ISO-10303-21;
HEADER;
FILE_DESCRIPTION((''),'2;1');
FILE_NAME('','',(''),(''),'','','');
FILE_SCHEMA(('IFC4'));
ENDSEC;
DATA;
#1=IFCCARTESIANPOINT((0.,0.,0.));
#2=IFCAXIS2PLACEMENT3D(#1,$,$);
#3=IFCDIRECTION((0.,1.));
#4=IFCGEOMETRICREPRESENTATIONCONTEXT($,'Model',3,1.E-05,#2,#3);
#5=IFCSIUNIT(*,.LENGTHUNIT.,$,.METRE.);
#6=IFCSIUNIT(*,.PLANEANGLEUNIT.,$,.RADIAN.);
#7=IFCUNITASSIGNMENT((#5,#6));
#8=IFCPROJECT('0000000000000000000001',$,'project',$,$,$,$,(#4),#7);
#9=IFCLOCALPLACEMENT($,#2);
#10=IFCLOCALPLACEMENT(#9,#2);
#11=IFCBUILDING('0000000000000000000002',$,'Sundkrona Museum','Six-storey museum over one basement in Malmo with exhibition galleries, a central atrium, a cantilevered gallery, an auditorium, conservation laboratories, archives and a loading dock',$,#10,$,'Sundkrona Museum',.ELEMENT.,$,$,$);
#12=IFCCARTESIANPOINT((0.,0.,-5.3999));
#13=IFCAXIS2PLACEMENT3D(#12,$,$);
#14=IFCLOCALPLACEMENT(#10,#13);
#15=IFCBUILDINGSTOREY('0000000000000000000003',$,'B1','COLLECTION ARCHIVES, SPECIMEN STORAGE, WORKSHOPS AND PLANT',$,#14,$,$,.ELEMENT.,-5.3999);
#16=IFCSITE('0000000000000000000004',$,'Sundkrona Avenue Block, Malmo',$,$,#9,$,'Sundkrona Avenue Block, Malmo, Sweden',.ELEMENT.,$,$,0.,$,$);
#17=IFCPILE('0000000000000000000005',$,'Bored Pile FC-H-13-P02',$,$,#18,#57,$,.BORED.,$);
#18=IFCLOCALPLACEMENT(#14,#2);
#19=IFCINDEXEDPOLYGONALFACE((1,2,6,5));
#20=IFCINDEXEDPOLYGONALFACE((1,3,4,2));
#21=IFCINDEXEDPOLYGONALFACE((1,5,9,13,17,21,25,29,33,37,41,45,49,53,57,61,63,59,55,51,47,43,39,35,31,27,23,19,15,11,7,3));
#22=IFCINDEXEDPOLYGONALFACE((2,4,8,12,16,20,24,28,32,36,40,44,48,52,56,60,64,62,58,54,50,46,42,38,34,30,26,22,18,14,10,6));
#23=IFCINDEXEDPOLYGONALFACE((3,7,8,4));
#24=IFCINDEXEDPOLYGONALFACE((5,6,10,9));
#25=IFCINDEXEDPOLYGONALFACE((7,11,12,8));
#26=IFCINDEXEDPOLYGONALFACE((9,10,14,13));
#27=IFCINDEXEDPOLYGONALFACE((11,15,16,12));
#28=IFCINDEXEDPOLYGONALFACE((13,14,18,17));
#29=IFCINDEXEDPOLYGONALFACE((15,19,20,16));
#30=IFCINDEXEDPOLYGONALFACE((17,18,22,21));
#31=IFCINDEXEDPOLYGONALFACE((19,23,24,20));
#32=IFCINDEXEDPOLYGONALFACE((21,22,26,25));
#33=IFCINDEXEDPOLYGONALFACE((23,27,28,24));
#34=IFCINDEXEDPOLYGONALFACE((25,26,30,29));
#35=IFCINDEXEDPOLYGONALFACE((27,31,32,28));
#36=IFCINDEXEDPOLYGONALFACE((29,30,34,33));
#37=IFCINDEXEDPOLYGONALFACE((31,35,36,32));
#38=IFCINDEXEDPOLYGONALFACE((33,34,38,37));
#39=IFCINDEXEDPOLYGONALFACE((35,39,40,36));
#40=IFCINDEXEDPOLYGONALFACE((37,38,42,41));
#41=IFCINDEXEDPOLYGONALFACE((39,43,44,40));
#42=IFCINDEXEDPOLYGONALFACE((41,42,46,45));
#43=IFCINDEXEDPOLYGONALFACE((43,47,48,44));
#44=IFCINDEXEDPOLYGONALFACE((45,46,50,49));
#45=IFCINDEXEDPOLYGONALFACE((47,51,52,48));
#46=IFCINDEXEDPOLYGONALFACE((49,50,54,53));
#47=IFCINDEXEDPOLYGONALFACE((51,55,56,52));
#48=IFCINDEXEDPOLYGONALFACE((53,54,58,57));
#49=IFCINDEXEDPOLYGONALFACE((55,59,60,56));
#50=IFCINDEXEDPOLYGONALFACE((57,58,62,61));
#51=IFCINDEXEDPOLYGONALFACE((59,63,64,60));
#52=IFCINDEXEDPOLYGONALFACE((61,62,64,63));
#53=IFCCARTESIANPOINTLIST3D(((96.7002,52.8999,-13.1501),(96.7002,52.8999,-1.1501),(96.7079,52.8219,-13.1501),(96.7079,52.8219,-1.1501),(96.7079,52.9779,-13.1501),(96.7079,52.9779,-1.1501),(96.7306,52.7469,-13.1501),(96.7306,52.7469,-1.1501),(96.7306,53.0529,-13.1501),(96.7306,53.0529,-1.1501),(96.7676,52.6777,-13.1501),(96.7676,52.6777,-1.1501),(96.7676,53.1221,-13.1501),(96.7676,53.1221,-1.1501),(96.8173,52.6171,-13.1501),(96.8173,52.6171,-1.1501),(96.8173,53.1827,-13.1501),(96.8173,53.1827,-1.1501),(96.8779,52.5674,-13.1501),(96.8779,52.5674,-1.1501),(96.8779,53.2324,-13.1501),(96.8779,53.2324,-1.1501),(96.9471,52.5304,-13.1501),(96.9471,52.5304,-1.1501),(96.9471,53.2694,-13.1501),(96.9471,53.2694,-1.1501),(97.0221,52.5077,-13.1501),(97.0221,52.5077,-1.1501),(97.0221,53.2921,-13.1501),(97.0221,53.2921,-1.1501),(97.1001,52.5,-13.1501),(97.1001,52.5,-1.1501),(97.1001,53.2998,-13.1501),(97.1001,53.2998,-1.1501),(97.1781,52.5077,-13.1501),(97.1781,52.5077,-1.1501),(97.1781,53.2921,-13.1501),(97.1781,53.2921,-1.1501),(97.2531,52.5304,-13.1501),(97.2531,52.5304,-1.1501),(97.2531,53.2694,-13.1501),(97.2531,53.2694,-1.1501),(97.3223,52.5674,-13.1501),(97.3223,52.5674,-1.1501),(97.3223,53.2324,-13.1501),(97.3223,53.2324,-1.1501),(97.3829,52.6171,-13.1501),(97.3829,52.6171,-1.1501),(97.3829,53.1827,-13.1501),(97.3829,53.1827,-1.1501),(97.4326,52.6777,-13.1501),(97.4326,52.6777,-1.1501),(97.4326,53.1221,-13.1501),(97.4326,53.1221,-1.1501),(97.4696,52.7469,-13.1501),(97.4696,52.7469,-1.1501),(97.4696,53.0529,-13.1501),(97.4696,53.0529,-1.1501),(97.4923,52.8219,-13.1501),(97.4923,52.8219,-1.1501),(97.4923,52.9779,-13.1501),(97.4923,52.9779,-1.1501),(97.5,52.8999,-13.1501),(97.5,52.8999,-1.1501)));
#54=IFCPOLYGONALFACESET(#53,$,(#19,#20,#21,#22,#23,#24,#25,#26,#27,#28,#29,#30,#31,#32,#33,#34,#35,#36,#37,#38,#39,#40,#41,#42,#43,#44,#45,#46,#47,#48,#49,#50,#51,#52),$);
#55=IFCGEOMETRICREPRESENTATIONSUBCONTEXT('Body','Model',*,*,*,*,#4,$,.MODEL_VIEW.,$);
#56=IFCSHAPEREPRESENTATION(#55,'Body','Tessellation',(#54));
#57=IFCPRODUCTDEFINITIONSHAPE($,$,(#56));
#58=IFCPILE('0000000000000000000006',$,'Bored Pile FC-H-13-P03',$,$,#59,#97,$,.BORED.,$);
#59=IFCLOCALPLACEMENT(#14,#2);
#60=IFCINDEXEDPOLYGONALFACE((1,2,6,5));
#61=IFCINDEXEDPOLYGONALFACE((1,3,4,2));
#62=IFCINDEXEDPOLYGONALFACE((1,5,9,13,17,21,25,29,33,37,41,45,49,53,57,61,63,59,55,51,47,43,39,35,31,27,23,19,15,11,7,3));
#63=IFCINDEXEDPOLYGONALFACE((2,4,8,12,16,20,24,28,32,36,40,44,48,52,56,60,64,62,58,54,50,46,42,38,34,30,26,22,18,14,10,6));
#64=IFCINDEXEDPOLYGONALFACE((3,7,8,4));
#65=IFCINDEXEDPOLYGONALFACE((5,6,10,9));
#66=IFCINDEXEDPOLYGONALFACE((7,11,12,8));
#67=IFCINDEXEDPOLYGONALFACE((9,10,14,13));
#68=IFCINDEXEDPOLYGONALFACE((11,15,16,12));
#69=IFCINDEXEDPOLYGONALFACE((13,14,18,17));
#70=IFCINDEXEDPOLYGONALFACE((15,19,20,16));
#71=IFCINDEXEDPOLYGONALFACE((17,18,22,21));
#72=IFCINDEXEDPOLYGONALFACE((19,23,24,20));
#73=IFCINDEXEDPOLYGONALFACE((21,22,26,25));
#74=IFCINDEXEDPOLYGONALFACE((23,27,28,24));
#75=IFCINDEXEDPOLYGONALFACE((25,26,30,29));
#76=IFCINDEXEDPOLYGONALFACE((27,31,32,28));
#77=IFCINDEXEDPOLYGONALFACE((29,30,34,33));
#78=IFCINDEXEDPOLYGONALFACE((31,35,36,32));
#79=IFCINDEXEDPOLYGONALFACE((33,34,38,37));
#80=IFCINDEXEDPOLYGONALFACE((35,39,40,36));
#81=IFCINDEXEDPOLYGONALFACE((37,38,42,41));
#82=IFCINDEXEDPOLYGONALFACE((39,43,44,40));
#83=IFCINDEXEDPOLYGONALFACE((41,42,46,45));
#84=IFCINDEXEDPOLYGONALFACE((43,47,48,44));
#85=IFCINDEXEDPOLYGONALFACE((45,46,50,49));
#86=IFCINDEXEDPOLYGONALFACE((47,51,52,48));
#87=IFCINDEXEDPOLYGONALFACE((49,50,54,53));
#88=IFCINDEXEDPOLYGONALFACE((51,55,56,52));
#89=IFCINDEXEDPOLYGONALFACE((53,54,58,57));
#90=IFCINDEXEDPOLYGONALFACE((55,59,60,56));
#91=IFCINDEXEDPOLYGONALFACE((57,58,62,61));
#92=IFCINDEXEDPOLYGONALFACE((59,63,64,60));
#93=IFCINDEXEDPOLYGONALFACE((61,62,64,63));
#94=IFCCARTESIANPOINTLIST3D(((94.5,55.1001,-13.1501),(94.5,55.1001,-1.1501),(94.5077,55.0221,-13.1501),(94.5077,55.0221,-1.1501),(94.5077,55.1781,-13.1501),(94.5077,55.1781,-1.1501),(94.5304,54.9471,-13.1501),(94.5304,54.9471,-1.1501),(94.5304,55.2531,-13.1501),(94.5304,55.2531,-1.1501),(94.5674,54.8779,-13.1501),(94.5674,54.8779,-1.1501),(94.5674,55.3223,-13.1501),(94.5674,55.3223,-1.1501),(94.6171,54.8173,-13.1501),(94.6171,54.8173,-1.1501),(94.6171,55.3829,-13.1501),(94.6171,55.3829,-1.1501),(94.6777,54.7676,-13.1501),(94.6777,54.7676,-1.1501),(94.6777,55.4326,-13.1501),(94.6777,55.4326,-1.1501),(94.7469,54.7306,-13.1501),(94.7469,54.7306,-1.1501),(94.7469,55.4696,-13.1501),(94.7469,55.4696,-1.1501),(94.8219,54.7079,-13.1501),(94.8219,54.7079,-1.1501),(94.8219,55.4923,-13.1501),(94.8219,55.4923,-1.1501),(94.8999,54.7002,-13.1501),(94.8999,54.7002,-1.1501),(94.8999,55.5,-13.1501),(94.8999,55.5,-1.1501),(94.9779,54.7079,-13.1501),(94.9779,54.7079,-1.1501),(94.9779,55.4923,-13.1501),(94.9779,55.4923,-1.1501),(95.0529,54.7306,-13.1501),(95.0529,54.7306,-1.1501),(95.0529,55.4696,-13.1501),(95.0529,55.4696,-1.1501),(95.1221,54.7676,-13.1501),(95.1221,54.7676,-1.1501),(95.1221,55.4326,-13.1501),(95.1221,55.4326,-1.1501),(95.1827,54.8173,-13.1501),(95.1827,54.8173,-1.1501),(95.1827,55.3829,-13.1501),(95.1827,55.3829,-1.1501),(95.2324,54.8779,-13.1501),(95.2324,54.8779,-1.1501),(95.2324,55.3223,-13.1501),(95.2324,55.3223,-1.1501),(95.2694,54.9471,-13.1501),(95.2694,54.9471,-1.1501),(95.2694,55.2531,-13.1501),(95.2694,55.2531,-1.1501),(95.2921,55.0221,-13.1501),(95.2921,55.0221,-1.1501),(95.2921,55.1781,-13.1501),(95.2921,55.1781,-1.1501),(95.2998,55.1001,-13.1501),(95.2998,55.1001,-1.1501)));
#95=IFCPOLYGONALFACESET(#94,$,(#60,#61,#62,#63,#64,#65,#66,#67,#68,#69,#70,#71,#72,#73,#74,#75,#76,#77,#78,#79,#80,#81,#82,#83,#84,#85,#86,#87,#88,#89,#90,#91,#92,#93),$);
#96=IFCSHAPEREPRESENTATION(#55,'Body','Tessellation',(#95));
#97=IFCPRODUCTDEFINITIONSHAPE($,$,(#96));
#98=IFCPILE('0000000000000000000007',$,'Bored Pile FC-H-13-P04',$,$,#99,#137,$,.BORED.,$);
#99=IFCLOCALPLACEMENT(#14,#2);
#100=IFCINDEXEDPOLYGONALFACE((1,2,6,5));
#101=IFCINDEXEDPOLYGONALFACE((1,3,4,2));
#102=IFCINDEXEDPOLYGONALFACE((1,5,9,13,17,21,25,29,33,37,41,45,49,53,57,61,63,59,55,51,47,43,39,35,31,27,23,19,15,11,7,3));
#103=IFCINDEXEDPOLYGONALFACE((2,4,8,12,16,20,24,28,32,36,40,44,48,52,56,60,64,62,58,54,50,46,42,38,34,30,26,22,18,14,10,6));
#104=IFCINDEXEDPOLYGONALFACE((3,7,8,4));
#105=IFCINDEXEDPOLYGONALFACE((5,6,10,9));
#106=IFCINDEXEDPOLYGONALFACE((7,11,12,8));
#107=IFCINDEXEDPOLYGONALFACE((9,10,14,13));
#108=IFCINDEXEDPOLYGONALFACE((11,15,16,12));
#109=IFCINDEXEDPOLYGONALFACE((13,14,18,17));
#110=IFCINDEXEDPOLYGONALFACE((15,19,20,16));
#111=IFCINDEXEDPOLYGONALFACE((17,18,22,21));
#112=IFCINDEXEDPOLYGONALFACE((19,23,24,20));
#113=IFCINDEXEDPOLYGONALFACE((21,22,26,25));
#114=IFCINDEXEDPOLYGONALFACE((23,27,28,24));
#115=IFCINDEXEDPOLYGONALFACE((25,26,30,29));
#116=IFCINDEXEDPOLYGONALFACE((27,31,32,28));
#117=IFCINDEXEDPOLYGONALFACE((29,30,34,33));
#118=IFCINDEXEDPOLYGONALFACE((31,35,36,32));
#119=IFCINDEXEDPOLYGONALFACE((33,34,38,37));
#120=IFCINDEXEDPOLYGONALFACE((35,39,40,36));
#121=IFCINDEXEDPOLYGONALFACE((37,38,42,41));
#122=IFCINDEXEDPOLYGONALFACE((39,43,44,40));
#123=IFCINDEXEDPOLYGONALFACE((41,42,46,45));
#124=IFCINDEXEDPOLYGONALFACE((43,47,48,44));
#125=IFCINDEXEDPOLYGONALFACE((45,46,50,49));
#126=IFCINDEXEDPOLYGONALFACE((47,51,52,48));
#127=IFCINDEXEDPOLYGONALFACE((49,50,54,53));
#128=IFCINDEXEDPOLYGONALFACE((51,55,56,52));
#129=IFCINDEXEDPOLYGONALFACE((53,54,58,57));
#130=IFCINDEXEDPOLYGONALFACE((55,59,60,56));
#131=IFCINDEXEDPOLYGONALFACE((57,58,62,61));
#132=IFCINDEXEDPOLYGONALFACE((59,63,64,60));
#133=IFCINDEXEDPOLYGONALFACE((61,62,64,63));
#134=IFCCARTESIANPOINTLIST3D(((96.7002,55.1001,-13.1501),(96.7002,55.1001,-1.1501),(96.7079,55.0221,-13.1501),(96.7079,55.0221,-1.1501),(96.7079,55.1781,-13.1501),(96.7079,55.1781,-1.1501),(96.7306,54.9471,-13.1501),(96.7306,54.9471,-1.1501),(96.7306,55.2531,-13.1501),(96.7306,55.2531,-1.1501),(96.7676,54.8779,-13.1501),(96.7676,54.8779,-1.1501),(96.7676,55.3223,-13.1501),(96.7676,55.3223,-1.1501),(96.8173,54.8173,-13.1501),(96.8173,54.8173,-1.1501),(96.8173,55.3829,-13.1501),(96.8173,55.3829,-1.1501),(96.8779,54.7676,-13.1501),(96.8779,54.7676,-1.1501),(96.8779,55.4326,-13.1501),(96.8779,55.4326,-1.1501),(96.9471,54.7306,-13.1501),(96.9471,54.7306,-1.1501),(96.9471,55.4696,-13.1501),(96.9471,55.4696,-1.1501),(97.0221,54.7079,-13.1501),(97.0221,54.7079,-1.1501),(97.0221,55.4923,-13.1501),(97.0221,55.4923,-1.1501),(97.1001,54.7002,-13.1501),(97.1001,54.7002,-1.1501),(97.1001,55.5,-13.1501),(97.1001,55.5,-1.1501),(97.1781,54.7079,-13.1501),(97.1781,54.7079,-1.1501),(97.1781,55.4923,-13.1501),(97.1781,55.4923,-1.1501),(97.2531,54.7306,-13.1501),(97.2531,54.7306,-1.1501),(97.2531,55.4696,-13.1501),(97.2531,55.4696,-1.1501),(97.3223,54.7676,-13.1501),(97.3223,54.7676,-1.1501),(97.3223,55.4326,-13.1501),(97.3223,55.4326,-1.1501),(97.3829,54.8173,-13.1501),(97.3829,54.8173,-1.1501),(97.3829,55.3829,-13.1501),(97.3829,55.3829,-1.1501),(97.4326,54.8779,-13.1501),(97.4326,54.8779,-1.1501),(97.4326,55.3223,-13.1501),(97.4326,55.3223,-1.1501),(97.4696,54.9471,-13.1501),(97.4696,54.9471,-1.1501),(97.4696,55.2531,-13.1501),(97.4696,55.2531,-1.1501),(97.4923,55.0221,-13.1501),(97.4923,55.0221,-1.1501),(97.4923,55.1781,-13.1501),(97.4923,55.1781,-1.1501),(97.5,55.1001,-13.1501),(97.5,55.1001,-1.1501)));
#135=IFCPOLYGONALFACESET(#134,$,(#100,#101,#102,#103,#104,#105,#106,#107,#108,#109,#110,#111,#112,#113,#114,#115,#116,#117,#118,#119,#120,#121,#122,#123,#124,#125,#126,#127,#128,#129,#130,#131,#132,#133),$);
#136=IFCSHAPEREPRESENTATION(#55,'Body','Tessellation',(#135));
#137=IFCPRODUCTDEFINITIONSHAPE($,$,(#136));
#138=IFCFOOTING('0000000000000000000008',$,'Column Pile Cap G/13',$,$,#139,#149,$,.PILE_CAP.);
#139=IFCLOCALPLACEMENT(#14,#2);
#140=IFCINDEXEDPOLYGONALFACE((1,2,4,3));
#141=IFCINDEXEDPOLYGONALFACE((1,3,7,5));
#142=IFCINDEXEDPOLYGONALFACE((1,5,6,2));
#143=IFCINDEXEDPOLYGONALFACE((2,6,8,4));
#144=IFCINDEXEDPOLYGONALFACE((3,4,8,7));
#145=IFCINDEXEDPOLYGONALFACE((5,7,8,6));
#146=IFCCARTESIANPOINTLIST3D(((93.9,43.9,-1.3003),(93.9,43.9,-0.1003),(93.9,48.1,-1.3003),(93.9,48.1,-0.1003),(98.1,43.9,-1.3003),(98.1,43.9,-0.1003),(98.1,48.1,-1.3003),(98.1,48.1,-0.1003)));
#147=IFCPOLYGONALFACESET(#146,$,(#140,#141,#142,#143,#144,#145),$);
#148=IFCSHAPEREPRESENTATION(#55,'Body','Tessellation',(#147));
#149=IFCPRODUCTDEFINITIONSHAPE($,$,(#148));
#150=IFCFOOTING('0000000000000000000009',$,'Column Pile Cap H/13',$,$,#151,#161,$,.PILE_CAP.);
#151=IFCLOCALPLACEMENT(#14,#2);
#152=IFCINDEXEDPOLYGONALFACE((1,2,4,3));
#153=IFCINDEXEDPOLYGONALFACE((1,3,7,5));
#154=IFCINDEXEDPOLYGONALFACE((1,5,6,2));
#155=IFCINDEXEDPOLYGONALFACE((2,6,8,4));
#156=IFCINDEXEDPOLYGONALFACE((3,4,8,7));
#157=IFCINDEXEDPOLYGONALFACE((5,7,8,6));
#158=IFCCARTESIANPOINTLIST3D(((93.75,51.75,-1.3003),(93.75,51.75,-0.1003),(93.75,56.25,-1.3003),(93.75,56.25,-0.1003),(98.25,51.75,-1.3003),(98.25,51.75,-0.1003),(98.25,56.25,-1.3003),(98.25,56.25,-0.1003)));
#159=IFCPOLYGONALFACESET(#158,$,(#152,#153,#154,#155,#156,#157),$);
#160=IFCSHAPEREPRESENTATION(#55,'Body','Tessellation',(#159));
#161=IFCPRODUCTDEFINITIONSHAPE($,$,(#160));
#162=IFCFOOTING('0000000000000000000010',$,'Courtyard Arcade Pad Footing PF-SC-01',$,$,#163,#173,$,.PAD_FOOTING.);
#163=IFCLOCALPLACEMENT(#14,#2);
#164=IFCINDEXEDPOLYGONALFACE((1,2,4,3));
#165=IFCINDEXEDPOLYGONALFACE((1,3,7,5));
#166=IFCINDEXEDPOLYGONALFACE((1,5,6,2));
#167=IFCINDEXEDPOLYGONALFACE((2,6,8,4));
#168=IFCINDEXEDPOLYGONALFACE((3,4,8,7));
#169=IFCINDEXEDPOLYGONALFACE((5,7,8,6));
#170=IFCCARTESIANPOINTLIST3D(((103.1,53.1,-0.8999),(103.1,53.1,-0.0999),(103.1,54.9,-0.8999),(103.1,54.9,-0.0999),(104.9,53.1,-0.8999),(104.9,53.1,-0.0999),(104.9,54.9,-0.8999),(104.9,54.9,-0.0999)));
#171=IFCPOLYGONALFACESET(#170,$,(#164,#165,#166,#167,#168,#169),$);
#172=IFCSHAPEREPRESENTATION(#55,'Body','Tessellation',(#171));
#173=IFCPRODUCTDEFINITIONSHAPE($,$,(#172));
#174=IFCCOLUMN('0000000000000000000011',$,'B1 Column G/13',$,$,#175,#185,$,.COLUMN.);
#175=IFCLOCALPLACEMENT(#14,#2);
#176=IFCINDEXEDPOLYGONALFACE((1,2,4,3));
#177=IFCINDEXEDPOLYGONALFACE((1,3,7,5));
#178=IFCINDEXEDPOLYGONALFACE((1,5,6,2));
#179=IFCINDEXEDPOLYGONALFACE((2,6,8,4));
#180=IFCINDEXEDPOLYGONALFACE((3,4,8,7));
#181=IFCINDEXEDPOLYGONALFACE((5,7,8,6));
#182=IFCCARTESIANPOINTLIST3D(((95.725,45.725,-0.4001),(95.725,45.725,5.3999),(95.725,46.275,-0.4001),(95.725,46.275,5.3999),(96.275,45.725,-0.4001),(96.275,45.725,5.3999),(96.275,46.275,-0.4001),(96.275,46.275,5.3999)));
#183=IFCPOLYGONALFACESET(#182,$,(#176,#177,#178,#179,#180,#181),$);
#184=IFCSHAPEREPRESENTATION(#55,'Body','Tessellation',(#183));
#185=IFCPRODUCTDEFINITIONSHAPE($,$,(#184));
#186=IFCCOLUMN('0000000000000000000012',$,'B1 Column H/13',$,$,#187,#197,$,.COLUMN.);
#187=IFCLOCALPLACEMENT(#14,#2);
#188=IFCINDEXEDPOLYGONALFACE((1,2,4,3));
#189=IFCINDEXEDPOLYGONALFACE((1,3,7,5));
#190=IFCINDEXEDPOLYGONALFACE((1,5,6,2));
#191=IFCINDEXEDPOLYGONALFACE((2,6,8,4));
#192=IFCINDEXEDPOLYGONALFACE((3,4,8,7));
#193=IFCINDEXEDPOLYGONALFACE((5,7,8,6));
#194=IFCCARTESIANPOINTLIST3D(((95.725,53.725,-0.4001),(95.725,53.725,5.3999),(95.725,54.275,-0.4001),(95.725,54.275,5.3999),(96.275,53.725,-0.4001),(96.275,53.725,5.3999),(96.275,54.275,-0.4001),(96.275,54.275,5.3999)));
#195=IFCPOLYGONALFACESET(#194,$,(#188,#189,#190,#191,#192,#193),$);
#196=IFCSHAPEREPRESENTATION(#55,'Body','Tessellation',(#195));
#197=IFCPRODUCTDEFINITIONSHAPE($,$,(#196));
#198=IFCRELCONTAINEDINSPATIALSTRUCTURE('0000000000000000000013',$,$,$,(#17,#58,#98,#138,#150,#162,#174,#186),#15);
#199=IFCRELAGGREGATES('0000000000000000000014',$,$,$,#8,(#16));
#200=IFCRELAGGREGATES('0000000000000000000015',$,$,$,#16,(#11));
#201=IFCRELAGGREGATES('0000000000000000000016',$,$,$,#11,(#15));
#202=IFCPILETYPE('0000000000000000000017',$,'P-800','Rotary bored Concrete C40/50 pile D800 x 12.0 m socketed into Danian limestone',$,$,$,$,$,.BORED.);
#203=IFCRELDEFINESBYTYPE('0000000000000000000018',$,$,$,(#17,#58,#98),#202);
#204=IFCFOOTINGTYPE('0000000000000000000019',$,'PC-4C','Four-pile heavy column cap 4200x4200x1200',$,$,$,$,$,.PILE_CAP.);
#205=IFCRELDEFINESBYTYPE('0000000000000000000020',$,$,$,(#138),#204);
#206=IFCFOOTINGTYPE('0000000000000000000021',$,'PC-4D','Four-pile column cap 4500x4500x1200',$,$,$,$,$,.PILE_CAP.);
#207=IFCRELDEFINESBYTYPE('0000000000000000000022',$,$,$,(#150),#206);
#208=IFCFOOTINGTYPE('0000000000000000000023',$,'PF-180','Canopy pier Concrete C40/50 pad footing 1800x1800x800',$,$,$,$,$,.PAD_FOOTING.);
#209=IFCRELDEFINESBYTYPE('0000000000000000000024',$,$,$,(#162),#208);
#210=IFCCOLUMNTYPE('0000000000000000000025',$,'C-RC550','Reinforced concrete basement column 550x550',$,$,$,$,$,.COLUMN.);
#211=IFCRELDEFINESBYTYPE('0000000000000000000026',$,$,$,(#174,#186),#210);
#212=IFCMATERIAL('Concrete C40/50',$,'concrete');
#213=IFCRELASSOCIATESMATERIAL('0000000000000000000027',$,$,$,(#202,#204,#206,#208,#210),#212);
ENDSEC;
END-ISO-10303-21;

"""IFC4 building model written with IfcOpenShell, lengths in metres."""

from ifc_helpers import new_model, si_unit, direction, frame, origin, origin_2d, place, context, subcontext, project, spatial, rectangle, circle, extrude, material, material_profile, profile_set, type_object, element, save


model = new_model("IFC4")

# Units and contexts
model_context = context("Model", 3, precision=1e-05, world=origin(), true_north=direction((0.0, 1.0)))
body_context = subcontext(model_context, "Body", "Model", "MODEL_VIEW")
ifc_project = project(units=[si_unit("LENGTHUNIT", "METRE"), si_unit("PLANEANGLEUNIT", "RADIAN")], contexts=[model_context])

# Site, building, storey
site_placement = place(None, origin())
site = spatial("IfcSite", under=ifc_project, at=site_placement, Name="Sundkrona Avenue Block, Malmo", LongName="Sundkrona Avenue Block, Malmo, Sweden", CompositionType="ELEMENT", RefElevation=0.0)
building_placement = place(site_placement, origin())
building = spatial("IfcBuilding", under=site, at=building_placement, Name="Sundkrona Museum", Description="Six-storey museum over one basement in Malmo with exhibition galleries, a central atrium, a cantilevered gallery, an auditorium, conservation laboratories, archives and a loading dock", LongName="Sundkrona Museum", CompositionType="ELEMENT")
storey_placement = place(building_placement, frame((0.0, 0.0, -5.3999)))
storey = spatial("IfcBuildingStorey", under=building, at=storey_placement, Name="B1", Description="COLLECTION ARCHIVES, SPECIMEN STORAGE, WORKSHOPS AND PLANT", CompositionType="ELEMENT", Elevation=-5.3999)

# Shared definitions
ifc_material_1 = material(Name="Concrete C40/50", Category="concrete")

# Piles
ifc_material_profile_1 = material_profile(ifc_material_1, circle(Radius=0.3999, at=origin_2d()), Name="PILE D800")
ifc_profile_set_1 = profile_set([ifc_material_profile_1], Name="Concrete C40/50")
pile_type = type_object("IfcPileType", Name="P-800", Description="Rotary bored Concrete C40/50 pile D800 x 12.0 m socketed into Danian limestone", PredefinedType="BORED", material=ifc_profile_set_1)
for number, where, z_axis, x_axis, name in (
    (1, (97.1001, 52.8999, -1.1501), (0.0, 0.0, -1.0), (1.0, 0.0, 0.0), "Bored Pile FC-H-13-P02"),
    (2, (94.8999, 55.1001, -1.1501), (0.0, 0.0, -1.0), (1.0, 0.0, 0.0), "Bored Pile FC-H-13-P03"),
    (3, (97.1001, 55.1001, -1.1501), (0.0, 0.0, -1.0), (1.0, 0.0, 0.0), "Bored Pile FC-H-13-P04"),
):
    element("IfcPile", number, at=place(storey_placement, frame(where, z_axis=z_axis, x_axis=x_axis)), inside=storey, type_object=pile_type, Name=name, PredefinedType="BORED", context=body_context, shape_type="SweptSolid", body=[
        extrude(circle(Radius=0.3999, at=origin_2d()), origin(), (0.0, 0.0, 1.0), 12.0),
    ])

# Footings
footing_type_1 = type_object("IfcFootingType", Name="PC-4C", Description="Four-pile heavy column cap 4200x4200x1200", PredefinedType="PILE_CAP", material=ifc_material_1)
footing_1_placement = place(storey_placement, frame((96.0, 46.0, -1.3003), z_axis=(0.0, 0.0, 1.0), x_axis=(1.0, 0.0, 0.0)))
element("IfcFooting", 4, at=footing_1_placement, inside=storey, type_object=footing_type_1, Name="Column Pile Cap G/13", PredefinedType="PILE_CAP", context=body_context, shape_type="SweptSolid", body=[
    extrude(rectangle(XDim=4.2, YDim=4.2, at=origin_2d()), origin(), (0.0, 0.0, 1.0), 1.2),
])
footing_type_2 = type_object("IfcFootingType", Name="PC-4D", Description="Four-pile column cap 4500x4500x1200", PredefinedType="PILE_CAP", material=ifc_material_1)
footing_2_placement = place(storey_placement, frame((96.0, 54.0, -1.3003), z_axis=(0.0, 0.0, 1.0), x_axis=(1.0, 0.0, 0.0)))
element("IfcFooting", 5, at=footing_2_placement, inside=storey, type_object=footing_type_2, Name="Column Pile Cap H/13", PredefinedType="PILE_CAP", context=body_context, shape_type="SweptSolid", body=[
    extrude(rectangle(XDim=4.5, YDim=4.5, at=origin_2d()), origin(), (0.0, 0.0, 1.0), 1.2),
])
footing_type_3 = type_object("IfcFootingType", Name="PF-180", Description="Canopy pier Concrete C40/50 pad footing 1800x1800x800", PredefinedType="PAD_FOOTING", material=ifc_material_1)
footing_3_placement = place(storey_placement, frame((104.0, 54.0, -0.8999), z_axis=(0.0, 0.0, 1.0), x_axis=(1.0, 0.0, 0.0)))
element("IfcFooting", 6, at=footing_3_placement, inside=storey, type_object=footing_type_3, Name="Courtyard Arcade Pad Footing PF-SC-01", PredefinedType="PAD_FOOTING", context=body_context, shape_type="SweptSolid", body=[
    extrude(rectangle(XDim=1.8, YDim=1.8, at=origin_2d()), origin(), (0.0, 0.0, 1.0), 0.8),
])

# Columns
ifc_material_profile_2 = material_profile(ifc_material_1, rectangle(XDim=0.55, YDim=0.55, at=origin_2d()), Name="RC 550x550")
ifc_profile_set_2 = profile_set([ifc_material_profile_2], Name="Concrete C40/50")
column_type_1 = type_object("IfcColumnType", Name="C-RC550", Description="Reinforced concrete basement column 550x550", PredefinedType="COLUMN", material=ifc_profile_set_2)
for number, where, z_axis, x_axis, name in (
    (7, (96.0, 46.0, -0.4001), (0.0, 0.0, 1.0), (1.0, 0.0, 0.0), "B1 Column G/13"),
    (8, (96.0, 54.0, -0.4001), (0.0, 0.0, 1.0), (1.0, 0.0, 0.0), "B1 Column H/13"),
):
    element("IfcColumn", number, at=place(storey_placement, frame(where, z_axis=z_axis, x_axis=x_axis)), inside=storey, type_object=column_type_1, Name=name, PredefinedType="COLUMN", context=body_context, shape_type="SweptSolid", body=[
        extrude(rectangle(XDim=0.55, YDim=0.55, at=origin_2d()), origin(), (0.0, 0.0, 1.0), 5.8),
    ])

save(model, "model.ifc")
